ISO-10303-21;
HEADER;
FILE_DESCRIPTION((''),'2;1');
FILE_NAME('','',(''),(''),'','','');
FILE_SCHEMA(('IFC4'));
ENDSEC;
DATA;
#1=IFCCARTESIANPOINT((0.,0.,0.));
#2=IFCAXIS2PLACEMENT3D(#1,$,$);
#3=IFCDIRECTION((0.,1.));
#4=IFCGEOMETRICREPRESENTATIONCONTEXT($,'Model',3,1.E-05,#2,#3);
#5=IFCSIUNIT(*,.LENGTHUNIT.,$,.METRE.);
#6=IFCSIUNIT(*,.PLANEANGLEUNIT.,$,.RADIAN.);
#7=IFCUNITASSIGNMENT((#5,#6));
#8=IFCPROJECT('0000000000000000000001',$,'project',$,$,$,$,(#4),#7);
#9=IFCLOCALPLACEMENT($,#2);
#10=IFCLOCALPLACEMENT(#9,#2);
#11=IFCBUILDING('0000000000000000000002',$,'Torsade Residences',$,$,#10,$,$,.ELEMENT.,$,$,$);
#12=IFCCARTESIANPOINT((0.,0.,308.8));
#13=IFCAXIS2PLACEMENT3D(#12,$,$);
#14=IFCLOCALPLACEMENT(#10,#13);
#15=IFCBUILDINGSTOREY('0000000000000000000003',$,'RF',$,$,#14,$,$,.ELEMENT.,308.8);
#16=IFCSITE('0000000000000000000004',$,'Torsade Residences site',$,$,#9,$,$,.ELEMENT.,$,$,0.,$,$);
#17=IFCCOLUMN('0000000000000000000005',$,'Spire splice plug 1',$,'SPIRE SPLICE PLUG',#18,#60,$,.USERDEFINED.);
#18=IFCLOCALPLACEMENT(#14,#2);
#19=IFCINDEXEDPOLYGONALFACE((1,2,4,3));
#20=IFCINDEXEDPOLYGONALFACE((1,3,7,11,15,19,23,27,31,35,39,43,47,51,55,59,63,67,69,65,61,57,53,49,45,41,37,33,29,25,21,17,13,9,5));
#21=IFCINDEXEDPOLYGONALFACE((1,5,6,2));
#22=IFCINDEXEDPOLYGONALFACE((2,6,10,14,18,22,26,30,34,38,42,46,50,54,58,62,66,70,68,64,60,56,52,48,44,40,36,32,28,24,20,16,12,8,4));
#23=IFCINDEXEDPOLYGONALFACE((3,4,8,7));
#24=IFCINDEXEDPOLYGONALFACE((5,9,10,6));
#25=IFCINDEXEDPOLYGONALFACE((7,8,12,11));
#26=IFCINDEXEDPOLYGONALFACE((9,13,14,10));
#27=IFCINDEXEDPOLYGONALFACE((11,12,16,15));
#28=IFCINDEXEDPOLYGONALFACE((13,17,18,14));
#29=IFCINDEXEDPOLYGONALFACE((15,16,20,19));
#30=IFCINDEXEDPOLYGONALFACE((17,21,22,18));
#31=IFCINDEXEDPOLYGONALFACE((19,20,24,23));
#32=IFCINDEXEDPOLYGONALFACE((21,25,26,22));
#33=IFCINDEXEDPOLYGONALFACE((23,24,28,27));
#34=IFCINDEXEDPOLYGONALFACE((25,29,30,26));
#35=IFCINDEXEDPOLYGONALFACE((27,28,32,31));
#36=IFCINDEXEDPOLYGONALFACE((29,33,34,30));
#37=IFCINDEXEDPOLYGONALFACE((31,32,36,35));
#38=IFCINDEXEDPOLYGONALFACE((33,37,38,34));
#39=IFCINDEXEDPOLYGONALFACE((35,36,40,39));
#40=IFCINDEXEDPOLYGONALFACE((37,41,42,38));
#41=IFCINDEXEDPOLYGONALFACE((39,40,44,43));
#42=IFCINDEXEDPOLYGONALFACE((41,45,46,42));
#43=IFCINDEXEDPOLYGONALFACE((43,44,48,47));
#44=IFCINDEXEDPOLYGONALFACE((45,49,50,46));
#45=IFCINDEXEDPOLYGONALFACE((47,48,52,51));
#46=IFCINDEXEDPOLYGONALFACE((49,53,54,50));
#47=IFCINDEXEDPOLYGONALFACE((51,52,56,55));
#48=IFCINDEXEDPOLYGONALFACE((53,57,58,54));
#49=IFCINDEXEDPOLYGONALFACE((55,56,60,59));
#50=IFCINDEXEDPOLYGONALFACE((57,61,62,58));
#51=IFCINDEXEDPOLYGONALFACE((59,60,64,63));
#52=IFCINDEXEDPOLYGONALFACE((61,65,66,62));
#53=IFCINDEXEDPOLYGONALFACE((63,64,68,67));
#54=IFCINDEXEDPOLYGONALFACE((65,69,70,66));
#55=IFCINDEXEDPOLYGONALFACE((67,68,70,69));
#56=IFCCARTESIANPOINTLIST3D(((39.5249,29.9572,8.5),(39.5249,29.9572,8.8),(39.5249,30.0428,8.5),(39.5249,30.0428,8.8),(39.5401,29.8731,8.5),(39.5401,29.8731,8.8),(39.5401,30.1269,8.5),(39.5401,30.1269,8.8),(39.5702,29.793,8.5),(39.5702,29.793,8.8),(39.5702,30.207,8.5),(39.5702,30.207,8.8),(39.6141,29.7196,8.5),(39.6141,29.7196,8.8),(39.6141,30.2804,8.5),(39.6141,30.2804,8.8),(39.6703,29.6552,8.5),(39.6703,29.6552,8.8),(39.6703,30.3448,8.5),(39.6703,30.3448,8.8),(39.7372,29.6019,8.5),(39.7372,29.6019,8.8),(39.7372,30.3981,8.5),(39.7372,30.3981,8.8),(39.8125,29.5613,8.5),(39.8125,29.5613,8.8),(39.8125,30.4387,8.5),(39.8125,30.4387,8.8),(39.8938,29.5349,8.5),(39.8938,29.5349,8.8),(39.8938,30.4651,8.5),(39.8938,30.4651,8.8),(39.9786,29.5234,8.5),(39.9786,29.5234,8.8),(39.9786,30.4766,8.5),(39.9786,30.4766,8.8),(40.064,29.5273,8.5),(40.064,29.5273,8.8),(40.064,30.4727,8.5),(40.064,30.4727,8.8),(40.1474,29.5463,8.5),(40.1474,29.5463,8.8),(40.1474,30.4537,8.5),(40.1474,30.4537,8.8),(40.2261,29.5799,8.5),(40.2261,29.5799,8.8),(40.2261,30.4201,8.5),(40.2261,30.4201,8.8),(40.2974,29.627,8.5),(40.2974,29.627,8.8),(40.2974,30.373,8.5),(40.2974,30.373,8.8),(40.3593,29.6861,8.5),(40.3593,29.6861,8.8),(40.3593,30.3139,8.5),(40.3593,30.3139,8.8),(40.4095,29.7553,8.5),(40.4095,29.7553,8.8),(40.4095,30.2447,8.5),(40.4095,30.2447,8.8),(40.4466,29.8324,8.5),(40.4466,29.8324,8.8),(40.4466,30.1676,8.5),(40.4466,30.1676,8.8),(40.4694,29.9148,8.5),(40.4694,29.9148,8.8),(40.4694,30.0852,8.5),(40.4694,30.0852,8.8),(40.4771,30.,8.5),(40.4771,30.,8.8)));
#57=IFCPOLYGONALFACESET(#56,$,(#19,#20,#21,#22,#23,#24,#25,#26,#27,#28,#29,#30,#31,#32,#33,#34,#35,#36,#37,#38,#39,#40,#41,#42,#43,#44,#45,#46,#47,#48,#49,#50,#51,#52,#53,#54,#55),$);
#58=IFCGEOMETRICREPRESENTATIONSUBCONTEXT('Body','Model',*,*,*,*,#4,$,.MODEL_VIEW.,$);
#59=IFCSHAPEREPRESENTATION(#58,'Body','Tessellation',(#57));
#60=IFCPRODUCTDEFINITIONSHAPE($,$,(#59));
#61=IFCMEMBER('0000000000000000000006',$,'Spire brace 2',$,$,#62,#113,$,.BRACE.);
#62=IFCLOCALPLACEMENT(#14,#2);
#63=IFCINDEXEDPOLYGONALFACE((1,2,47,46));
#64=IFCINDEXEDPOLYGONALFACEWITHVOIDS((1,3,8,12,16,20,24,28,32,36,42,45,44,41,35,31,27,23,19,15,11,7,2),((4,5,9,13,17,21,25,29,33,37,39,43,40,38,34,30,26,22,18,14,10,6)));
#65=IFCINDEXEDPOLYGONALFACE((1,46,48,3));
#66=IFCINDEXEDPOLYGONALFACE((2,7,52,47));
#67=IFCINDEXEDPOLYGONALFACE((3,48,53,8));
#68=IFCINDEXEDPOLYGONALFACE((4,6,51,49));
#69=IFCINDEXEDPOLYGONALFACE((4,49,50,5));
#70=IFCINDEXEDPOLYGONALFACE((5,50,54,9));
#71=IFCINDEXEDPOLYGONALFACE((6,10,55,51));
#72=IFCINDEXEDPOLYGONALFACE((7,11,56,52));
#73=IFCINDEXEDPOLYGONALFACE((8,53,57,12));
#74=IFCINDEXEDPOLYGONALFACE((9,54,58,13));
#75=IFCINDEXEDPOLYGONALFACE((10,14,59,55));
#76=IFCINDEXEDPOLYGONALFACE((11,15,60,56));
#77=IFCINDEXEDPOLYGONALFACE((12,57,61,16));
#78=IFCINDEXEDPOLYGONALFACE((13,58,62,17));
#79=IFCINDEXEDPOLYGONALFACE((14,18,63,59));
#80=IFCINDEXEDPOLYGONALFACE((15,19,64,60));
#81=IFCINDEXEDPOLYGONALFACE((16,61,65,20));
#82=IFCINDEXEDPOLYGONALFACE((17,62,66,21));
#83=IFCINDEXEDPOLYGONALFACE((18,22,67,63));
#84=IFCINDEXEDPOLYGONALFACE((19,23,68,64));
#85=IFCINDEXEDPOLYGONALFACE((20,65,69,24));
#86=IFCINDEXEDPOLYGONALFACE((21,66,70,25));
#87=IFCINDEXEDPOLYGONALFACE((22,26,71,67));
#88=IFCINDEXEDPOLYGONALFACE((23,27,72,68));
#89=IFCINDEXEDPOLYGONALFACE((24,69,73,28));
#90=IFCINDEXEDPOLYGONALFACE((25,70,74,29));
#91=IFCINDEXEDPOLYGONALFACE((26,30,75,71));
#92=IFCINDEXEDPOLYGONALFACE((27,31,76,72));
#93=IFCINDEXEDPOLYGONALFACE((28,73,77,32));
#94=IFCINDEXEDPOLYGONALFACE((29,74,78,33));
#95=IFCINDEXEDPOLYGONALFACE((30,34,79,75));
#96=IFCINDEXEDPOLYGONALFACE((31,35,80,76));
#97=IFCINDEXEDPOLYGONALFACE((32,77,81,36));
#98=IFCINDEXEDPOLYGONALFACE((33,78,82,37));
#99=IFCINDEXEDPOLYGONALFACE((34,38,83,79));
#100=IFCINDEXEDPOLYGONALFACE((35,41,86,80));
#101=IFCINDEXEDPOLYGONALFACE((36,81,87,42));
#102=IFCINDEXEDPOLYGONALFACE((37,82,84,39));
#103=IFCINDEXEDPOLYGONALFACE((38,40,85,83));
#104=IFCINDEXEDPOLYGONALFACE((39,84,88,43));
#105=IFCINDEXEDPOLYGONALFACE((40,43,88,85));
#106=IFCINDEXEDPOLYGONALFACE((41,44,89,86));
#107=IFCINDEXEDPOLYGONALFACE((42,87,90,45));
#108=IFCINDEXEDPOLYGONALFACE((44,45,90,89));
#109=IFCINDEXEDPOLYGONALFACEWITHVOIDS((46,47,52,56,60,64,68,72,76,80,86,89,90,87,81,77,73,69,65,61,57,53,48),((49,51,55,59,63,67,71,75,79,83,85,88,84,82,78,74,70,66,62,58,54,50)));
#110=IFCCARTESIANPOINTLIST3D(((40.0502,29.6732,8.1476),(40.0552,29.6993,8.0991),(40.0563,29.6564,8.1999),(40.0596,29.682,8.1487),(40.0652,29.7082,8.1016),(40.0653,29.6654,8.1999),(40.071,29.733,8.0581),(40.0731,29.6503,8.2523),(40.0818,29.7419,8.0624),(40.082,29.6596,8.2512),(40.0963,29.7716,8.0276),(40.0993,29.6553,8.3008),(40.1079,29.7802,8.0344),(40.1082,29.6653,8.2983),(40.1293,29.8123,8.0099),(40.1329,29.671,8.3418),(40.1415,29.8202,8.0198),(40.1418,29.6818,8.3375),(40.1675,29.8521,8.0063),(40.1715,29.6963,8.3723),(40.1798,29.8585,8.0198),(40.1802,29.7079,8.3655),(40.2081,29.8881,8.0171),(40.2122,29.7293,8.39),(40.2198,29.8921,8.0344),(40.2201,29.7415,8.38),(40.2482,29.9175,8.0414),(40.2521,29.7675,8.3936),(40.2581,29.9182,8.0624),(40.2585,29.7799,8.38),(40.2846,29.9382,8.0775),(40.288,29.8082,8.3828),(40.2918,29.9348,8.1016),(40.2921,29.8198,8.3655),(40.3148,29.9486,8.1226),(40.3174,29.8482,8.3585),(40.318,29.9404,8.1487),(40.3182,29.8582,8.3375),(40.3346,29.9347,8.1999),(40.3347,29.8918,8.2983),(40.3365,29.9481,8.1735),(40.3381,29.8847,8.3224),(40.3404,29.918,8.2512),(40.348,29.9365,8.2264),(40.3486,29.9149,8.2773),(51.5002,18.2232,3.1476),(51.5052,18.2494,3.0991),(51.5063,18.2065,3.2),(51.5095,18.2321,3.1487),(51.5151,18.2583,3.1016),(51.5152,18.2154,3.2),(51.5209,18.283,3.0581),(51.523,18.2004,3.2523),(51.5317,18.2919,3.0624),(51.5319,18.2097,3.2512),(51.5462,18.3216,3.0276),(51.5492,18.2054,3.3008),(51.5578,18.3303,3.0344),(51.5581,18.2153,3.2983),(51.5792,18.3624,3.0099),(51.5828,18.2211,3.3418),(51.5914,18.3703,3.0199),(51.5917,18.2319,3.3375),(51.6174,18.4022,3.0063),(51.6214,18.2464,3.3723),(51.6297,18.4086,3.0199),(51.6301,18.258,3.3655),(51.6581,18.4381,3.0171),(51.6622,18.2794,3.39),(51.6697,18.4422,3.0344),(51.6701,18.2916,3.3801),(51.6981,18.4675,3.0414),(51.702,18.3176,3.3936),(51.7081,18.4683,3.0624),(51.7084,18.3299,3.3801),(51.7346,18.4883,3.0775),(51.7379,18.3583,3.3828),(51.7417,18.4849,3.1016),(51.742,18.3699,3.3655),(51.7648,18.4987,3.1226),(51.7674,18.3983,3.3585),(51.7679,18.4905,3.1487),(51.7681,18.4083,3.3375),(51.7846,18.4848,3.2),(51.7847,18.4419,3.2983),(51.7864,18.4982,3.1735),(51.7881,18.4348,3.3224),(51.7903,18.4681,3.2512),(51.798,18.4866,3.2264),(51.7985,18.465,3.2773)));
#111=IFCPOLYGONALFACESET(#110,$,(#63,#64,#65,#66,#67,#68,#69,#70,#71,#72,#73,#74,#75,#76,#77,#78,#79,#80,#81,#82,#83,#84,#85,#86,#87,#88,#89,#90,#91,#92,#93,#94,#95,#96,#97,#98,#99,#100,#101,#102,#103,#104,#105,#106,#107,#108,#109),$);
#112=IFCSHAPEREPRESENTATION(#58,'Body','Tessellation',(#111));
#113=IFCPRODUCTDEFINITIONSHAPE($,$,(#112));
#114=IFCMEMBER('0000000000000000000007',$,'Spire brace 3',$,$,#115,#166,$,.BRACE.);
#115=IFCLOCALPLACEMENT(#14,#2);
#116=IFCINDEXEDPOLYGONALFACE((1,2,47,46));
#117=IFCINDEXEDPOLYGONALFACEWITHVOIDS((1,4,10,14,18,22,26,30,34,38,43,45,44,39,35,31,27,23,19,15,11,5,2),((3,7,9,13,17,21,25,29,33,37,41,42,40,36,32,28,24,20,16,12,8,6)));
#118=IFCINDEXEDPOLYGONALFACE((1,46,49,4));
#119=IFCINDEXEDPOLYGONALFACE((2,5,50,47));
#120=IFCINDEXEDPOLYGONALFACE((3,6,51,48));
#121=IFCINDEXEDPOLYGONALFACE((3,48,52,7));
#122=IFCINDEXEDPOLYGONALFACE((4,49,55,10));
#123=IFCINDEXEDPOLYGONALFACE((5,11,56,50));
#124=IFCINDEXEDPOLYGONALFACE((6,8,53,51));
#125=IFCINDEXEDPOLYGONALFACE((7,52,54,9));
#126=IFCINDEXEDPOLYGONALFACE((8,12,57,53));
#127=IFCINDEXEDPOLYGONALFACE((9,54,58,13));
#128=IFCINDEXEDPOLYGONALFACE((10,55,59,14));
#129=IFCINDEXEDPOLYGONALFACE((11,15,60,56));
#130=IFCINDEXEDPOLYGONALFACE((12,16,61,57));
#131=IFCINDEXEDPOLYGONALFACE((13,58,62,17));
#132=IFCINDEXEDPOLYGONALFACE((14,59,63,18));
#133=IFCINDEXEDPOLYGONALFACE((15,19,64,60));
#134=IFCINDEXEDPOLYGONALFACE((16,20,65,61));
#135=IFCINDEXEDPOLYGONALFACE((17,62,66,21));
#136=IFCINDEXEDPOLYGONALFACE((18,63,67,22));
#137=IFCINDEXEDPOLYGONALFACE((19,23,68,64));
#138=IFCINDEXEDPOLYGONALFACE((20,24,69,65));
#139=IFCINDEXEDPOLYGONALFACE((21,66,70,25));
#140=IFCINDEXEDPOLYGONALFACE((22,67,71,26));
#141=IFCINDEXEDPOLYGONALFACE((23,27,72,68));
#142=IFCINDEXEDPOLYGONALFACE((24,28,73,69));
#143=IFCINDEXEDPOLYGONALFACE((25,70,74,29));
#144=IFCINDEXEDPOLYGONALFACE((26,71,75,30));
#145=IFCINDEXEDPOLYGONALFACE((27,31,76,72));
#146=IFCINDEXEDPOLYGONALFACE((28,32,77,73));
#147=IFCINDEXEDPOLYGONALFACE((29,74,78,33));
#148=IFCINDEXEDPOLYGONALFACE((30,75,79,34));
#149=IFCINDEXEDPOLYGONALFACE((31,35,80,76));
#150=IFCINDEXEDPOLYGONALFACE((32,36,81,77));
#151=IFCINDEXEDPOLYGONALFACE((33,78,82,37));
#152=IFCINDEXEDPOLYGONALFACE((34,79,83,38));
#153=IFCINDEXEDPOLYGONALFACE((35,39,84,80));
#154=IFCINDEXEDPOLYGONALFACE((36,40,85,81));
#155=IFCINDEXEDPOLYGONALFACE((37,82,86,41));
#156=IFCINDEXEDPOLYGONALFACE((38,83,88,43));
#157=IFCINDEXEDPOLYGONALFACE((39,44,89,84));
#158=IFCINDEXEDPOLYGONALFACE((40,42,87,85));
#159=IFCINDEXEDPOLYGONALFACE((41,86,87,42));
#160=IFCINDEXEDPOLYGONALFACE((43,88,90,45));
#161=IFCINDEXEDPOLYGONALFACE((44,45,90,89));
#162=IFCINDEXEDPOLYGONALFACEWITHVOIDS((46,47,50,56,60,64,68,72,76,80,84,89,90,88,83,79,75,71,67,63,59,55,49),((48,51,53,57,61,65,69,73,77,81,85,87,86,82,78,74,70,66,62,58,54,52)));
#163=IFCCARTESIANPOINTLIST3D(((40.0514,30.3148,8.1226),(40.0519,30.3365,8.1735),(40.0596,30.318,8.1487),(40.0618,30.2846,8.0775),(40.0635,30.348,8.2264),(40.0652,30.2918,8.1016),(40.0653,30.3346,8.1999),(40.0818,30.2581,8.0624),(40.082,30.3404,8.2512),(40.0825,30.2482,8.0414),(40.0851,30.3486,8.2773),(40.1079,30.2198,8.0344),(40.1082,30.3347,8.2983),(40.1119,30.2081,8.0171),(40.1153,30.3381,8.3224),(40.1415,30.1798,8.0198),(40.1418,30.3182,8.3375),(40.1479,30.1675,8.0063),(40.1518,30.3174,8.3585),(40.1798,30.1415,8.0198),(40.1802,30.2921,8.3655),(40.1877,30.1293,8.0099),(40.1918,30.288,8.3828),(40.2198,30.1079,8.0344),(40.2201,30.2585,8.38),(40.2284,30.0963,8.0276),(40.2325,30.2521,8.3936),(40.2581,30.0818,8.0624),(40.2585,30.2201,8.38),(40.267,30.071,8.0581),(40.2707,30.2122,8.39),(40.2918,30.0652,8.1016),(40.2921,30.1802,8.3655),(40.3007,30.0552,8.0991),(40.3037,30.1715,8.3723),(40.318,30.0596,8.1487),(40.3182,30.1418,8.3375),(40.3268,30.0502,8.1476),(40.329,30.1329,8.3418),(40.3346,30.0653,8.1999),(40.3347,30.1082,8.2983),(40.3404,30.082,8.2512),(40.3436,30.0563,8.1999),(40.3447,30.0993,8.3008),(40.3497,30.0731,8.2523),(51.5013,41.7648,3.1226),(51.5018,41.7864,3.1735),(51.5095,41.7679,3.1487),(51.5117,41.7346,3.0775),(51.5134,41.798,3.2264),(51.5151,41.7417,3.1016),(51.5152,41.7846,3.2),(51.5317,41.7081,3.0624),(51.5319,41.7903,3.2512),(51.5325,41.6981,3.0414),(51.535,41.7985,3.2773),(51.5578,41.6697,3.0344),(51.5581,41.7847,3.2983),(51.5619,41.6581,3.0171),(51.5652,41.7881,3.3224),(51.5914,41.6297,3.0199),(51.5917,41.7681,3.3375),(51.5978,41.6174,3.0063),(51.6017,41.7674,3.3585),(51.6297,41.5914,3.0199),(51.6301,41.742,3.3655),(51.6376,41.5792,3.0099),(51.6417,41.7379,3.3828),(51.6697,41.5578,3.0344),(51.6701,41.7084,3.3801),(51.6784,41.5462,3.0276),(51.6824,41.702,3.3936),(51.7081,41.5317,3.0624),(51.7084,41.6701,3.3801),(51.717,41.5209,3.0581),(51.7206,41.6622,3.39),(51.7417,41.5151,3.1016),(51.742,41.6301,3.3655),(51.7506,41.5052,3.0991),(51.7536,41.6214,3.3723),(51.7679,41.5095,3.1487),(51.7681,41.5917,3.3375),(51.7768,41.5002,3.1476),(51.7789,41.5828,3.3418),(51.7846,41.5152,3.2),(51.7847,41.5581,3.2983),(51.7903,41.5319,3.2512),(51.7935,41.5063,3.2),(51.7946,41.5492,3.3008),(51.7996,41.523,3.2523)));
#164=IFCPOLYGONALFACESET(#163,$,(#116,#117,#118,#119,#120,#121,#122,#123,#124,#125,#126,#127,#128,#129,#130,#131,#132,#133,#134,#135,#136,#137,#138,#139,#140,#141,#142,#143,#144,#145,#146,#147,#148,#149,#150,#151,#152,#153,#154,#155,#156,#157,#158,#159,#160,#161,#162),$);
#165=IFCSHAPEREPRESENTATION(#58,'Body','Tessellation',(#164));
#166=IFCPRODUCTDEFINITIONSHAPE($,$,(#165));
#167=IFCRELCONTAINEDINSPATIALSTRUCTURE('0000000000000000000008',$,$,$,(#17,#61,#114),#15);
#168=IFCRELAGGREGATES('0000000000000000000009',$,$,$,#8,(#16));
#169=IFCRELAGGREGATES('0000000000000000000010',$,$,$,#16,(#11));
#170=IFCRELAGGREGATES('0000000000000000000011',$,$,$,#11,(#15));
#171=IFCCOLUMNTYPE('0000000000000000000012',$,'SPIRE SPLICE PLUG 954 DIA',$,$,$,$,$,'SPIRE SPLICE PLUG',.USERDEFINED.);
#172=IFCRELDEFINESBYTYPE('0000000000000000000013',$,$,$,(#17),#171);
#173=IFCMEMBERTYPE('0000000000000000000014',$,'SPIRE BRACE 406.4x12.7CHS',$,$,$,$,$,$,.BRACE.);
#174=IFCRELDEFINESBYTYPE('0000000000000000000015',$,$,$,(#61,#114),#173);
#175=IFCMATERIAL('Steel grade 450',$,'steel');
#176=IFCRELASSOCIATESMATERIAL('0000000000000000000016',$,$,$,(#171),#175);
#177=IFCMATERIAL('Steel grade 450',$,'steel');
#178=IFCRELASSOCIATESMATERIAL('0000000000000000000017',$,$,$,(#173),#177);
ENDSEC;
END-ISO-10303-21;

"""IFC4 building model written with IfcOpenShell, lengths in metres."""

from ifc_helpers import new_model, si_unit, direction, frame, origin, origin_2d, place, context, subcontext, project, spatial, circle, hollow_circle, extrude, material, material_profile, profile_set, type_object, element, save


model = new_model("IFC4")

# Units and contexts
model_context = context("Model", 3, precision=1e-05, world=origin(), true_north=direction((0.0, 1.0)))
body_context = subcontext(model_context, "Body", "Model", "MODEL_VIEW")
ifc_project = project(units=[si_unit("LENGTHUNIT", "METRE"), si_unit("PLANEANGLEUNIT", "RADIAN")], contexts=[model_context])

# Site, building, storey
site_placement = place(None, origin())
site = spatial("IfcSite", under=ifc_project, at=site_placement, Name="Torsade Residences site", CompositionType="ELEMENT", RefElevation=0.0)
building_placement = place(site_placement, origin())
building = spatial("IfcBuilding", under=site, at=building_placement, Name="Torsade Residences", CompositionType="ELEMENT")
storey_placement = place(building_placement, frame((0.0, 0.0, 308.8)))
storey = spatial("IfcBuildingStorey", under=building, at=storey_placement, Name="RF", CompositionType="ELEMENT", Elevation=308.8)

# Column
ifc_material_1 = material(Name="Steel grade 450", Category="steel")
ifc_material_profile_1 = material_profile(ifc_material_1, circle(Radius=0.4771, at=origin_2d()), Name="954 DIA ROUND")
ifc_profile_set_1 = profile_set([ifc_material_profile_1], Name="Steel grade 450")
column_type_1 = type_object("IfcColumnType", Name="SPIRE SPLICE PLUG 954 DIA", ElementType="SPIRE SPLICE PLUG", PredefinedType="USERDEFINED", material=ifc_profile_set_1)
column_1_placement = place(storey_placement, frame((40.0, 30.0, 8.5), z_axis=(0.0, 0.0, 1.0), x_axis=(1.0, 0.0, 0.0)))
element("IfcColumn", 1, at=column_1_placement, inside=storey, type_object=column_type_1, Name="Spire splice plug 1", ObjectType="SPIRE SPLICE PLUG", PredefinedType="USERDEFINED", context=body_context, shape_type="SweptSolid", body=[
    extrude(circle(Radius=0.4771, at=origin_2d()), origin(), (0.0, 0.0, 1.0), 0.3),
])

# Members
ifc_material_2 = material(Name="Steel grade 450", Category="steel")
ifc_material_profile_2 = material_profile(ifc_material_2, hollow_circle(Radius=0.2031, WallThickness=0.0127, at=origin_2d()), Name="406.4x12.7CHS")
ifc_profile_set_2 = profile_set([ifc_material_profile_2], Name="Steel grade 450")
member_type_1 = type_object("IfcMemberType", Name="SPIRE BRACE 406.4x12.7CHS", PredefinedType="BRACE", material=ifc_profile_set_2)
for number, where, z_axis, x_axis, name in (
    (2, (51.6499, 18.3501, 3.2), (-0.675631, 0.675631, 0.295036), (-0.707107, -0.707107, 0.0), "Spire brace 2"),
    (3, (51.6499, 41.6499, 3.2), (-0.675631, -0.675631, 0.295036), (0.707107, -0.707107, 0.0), "Spire brace 3"),
):
    element("IfcMember", number, at=place(storey_placement, frame(where, z_axis=z_axis, x_axis=x_axis)), inside=storey, type_object=member_type_1, Name=name, PredefinedType="BRACE", context=body_context, shape_type="SweptSolid", body=[
        extrude(hollow_circle(Radius=0.2031, WallThickness=0.0127, at=origin_2d()), origin(), (0.0, 0.0, 1.0), 16.947),
    ])

save(model, "model.ifc")
